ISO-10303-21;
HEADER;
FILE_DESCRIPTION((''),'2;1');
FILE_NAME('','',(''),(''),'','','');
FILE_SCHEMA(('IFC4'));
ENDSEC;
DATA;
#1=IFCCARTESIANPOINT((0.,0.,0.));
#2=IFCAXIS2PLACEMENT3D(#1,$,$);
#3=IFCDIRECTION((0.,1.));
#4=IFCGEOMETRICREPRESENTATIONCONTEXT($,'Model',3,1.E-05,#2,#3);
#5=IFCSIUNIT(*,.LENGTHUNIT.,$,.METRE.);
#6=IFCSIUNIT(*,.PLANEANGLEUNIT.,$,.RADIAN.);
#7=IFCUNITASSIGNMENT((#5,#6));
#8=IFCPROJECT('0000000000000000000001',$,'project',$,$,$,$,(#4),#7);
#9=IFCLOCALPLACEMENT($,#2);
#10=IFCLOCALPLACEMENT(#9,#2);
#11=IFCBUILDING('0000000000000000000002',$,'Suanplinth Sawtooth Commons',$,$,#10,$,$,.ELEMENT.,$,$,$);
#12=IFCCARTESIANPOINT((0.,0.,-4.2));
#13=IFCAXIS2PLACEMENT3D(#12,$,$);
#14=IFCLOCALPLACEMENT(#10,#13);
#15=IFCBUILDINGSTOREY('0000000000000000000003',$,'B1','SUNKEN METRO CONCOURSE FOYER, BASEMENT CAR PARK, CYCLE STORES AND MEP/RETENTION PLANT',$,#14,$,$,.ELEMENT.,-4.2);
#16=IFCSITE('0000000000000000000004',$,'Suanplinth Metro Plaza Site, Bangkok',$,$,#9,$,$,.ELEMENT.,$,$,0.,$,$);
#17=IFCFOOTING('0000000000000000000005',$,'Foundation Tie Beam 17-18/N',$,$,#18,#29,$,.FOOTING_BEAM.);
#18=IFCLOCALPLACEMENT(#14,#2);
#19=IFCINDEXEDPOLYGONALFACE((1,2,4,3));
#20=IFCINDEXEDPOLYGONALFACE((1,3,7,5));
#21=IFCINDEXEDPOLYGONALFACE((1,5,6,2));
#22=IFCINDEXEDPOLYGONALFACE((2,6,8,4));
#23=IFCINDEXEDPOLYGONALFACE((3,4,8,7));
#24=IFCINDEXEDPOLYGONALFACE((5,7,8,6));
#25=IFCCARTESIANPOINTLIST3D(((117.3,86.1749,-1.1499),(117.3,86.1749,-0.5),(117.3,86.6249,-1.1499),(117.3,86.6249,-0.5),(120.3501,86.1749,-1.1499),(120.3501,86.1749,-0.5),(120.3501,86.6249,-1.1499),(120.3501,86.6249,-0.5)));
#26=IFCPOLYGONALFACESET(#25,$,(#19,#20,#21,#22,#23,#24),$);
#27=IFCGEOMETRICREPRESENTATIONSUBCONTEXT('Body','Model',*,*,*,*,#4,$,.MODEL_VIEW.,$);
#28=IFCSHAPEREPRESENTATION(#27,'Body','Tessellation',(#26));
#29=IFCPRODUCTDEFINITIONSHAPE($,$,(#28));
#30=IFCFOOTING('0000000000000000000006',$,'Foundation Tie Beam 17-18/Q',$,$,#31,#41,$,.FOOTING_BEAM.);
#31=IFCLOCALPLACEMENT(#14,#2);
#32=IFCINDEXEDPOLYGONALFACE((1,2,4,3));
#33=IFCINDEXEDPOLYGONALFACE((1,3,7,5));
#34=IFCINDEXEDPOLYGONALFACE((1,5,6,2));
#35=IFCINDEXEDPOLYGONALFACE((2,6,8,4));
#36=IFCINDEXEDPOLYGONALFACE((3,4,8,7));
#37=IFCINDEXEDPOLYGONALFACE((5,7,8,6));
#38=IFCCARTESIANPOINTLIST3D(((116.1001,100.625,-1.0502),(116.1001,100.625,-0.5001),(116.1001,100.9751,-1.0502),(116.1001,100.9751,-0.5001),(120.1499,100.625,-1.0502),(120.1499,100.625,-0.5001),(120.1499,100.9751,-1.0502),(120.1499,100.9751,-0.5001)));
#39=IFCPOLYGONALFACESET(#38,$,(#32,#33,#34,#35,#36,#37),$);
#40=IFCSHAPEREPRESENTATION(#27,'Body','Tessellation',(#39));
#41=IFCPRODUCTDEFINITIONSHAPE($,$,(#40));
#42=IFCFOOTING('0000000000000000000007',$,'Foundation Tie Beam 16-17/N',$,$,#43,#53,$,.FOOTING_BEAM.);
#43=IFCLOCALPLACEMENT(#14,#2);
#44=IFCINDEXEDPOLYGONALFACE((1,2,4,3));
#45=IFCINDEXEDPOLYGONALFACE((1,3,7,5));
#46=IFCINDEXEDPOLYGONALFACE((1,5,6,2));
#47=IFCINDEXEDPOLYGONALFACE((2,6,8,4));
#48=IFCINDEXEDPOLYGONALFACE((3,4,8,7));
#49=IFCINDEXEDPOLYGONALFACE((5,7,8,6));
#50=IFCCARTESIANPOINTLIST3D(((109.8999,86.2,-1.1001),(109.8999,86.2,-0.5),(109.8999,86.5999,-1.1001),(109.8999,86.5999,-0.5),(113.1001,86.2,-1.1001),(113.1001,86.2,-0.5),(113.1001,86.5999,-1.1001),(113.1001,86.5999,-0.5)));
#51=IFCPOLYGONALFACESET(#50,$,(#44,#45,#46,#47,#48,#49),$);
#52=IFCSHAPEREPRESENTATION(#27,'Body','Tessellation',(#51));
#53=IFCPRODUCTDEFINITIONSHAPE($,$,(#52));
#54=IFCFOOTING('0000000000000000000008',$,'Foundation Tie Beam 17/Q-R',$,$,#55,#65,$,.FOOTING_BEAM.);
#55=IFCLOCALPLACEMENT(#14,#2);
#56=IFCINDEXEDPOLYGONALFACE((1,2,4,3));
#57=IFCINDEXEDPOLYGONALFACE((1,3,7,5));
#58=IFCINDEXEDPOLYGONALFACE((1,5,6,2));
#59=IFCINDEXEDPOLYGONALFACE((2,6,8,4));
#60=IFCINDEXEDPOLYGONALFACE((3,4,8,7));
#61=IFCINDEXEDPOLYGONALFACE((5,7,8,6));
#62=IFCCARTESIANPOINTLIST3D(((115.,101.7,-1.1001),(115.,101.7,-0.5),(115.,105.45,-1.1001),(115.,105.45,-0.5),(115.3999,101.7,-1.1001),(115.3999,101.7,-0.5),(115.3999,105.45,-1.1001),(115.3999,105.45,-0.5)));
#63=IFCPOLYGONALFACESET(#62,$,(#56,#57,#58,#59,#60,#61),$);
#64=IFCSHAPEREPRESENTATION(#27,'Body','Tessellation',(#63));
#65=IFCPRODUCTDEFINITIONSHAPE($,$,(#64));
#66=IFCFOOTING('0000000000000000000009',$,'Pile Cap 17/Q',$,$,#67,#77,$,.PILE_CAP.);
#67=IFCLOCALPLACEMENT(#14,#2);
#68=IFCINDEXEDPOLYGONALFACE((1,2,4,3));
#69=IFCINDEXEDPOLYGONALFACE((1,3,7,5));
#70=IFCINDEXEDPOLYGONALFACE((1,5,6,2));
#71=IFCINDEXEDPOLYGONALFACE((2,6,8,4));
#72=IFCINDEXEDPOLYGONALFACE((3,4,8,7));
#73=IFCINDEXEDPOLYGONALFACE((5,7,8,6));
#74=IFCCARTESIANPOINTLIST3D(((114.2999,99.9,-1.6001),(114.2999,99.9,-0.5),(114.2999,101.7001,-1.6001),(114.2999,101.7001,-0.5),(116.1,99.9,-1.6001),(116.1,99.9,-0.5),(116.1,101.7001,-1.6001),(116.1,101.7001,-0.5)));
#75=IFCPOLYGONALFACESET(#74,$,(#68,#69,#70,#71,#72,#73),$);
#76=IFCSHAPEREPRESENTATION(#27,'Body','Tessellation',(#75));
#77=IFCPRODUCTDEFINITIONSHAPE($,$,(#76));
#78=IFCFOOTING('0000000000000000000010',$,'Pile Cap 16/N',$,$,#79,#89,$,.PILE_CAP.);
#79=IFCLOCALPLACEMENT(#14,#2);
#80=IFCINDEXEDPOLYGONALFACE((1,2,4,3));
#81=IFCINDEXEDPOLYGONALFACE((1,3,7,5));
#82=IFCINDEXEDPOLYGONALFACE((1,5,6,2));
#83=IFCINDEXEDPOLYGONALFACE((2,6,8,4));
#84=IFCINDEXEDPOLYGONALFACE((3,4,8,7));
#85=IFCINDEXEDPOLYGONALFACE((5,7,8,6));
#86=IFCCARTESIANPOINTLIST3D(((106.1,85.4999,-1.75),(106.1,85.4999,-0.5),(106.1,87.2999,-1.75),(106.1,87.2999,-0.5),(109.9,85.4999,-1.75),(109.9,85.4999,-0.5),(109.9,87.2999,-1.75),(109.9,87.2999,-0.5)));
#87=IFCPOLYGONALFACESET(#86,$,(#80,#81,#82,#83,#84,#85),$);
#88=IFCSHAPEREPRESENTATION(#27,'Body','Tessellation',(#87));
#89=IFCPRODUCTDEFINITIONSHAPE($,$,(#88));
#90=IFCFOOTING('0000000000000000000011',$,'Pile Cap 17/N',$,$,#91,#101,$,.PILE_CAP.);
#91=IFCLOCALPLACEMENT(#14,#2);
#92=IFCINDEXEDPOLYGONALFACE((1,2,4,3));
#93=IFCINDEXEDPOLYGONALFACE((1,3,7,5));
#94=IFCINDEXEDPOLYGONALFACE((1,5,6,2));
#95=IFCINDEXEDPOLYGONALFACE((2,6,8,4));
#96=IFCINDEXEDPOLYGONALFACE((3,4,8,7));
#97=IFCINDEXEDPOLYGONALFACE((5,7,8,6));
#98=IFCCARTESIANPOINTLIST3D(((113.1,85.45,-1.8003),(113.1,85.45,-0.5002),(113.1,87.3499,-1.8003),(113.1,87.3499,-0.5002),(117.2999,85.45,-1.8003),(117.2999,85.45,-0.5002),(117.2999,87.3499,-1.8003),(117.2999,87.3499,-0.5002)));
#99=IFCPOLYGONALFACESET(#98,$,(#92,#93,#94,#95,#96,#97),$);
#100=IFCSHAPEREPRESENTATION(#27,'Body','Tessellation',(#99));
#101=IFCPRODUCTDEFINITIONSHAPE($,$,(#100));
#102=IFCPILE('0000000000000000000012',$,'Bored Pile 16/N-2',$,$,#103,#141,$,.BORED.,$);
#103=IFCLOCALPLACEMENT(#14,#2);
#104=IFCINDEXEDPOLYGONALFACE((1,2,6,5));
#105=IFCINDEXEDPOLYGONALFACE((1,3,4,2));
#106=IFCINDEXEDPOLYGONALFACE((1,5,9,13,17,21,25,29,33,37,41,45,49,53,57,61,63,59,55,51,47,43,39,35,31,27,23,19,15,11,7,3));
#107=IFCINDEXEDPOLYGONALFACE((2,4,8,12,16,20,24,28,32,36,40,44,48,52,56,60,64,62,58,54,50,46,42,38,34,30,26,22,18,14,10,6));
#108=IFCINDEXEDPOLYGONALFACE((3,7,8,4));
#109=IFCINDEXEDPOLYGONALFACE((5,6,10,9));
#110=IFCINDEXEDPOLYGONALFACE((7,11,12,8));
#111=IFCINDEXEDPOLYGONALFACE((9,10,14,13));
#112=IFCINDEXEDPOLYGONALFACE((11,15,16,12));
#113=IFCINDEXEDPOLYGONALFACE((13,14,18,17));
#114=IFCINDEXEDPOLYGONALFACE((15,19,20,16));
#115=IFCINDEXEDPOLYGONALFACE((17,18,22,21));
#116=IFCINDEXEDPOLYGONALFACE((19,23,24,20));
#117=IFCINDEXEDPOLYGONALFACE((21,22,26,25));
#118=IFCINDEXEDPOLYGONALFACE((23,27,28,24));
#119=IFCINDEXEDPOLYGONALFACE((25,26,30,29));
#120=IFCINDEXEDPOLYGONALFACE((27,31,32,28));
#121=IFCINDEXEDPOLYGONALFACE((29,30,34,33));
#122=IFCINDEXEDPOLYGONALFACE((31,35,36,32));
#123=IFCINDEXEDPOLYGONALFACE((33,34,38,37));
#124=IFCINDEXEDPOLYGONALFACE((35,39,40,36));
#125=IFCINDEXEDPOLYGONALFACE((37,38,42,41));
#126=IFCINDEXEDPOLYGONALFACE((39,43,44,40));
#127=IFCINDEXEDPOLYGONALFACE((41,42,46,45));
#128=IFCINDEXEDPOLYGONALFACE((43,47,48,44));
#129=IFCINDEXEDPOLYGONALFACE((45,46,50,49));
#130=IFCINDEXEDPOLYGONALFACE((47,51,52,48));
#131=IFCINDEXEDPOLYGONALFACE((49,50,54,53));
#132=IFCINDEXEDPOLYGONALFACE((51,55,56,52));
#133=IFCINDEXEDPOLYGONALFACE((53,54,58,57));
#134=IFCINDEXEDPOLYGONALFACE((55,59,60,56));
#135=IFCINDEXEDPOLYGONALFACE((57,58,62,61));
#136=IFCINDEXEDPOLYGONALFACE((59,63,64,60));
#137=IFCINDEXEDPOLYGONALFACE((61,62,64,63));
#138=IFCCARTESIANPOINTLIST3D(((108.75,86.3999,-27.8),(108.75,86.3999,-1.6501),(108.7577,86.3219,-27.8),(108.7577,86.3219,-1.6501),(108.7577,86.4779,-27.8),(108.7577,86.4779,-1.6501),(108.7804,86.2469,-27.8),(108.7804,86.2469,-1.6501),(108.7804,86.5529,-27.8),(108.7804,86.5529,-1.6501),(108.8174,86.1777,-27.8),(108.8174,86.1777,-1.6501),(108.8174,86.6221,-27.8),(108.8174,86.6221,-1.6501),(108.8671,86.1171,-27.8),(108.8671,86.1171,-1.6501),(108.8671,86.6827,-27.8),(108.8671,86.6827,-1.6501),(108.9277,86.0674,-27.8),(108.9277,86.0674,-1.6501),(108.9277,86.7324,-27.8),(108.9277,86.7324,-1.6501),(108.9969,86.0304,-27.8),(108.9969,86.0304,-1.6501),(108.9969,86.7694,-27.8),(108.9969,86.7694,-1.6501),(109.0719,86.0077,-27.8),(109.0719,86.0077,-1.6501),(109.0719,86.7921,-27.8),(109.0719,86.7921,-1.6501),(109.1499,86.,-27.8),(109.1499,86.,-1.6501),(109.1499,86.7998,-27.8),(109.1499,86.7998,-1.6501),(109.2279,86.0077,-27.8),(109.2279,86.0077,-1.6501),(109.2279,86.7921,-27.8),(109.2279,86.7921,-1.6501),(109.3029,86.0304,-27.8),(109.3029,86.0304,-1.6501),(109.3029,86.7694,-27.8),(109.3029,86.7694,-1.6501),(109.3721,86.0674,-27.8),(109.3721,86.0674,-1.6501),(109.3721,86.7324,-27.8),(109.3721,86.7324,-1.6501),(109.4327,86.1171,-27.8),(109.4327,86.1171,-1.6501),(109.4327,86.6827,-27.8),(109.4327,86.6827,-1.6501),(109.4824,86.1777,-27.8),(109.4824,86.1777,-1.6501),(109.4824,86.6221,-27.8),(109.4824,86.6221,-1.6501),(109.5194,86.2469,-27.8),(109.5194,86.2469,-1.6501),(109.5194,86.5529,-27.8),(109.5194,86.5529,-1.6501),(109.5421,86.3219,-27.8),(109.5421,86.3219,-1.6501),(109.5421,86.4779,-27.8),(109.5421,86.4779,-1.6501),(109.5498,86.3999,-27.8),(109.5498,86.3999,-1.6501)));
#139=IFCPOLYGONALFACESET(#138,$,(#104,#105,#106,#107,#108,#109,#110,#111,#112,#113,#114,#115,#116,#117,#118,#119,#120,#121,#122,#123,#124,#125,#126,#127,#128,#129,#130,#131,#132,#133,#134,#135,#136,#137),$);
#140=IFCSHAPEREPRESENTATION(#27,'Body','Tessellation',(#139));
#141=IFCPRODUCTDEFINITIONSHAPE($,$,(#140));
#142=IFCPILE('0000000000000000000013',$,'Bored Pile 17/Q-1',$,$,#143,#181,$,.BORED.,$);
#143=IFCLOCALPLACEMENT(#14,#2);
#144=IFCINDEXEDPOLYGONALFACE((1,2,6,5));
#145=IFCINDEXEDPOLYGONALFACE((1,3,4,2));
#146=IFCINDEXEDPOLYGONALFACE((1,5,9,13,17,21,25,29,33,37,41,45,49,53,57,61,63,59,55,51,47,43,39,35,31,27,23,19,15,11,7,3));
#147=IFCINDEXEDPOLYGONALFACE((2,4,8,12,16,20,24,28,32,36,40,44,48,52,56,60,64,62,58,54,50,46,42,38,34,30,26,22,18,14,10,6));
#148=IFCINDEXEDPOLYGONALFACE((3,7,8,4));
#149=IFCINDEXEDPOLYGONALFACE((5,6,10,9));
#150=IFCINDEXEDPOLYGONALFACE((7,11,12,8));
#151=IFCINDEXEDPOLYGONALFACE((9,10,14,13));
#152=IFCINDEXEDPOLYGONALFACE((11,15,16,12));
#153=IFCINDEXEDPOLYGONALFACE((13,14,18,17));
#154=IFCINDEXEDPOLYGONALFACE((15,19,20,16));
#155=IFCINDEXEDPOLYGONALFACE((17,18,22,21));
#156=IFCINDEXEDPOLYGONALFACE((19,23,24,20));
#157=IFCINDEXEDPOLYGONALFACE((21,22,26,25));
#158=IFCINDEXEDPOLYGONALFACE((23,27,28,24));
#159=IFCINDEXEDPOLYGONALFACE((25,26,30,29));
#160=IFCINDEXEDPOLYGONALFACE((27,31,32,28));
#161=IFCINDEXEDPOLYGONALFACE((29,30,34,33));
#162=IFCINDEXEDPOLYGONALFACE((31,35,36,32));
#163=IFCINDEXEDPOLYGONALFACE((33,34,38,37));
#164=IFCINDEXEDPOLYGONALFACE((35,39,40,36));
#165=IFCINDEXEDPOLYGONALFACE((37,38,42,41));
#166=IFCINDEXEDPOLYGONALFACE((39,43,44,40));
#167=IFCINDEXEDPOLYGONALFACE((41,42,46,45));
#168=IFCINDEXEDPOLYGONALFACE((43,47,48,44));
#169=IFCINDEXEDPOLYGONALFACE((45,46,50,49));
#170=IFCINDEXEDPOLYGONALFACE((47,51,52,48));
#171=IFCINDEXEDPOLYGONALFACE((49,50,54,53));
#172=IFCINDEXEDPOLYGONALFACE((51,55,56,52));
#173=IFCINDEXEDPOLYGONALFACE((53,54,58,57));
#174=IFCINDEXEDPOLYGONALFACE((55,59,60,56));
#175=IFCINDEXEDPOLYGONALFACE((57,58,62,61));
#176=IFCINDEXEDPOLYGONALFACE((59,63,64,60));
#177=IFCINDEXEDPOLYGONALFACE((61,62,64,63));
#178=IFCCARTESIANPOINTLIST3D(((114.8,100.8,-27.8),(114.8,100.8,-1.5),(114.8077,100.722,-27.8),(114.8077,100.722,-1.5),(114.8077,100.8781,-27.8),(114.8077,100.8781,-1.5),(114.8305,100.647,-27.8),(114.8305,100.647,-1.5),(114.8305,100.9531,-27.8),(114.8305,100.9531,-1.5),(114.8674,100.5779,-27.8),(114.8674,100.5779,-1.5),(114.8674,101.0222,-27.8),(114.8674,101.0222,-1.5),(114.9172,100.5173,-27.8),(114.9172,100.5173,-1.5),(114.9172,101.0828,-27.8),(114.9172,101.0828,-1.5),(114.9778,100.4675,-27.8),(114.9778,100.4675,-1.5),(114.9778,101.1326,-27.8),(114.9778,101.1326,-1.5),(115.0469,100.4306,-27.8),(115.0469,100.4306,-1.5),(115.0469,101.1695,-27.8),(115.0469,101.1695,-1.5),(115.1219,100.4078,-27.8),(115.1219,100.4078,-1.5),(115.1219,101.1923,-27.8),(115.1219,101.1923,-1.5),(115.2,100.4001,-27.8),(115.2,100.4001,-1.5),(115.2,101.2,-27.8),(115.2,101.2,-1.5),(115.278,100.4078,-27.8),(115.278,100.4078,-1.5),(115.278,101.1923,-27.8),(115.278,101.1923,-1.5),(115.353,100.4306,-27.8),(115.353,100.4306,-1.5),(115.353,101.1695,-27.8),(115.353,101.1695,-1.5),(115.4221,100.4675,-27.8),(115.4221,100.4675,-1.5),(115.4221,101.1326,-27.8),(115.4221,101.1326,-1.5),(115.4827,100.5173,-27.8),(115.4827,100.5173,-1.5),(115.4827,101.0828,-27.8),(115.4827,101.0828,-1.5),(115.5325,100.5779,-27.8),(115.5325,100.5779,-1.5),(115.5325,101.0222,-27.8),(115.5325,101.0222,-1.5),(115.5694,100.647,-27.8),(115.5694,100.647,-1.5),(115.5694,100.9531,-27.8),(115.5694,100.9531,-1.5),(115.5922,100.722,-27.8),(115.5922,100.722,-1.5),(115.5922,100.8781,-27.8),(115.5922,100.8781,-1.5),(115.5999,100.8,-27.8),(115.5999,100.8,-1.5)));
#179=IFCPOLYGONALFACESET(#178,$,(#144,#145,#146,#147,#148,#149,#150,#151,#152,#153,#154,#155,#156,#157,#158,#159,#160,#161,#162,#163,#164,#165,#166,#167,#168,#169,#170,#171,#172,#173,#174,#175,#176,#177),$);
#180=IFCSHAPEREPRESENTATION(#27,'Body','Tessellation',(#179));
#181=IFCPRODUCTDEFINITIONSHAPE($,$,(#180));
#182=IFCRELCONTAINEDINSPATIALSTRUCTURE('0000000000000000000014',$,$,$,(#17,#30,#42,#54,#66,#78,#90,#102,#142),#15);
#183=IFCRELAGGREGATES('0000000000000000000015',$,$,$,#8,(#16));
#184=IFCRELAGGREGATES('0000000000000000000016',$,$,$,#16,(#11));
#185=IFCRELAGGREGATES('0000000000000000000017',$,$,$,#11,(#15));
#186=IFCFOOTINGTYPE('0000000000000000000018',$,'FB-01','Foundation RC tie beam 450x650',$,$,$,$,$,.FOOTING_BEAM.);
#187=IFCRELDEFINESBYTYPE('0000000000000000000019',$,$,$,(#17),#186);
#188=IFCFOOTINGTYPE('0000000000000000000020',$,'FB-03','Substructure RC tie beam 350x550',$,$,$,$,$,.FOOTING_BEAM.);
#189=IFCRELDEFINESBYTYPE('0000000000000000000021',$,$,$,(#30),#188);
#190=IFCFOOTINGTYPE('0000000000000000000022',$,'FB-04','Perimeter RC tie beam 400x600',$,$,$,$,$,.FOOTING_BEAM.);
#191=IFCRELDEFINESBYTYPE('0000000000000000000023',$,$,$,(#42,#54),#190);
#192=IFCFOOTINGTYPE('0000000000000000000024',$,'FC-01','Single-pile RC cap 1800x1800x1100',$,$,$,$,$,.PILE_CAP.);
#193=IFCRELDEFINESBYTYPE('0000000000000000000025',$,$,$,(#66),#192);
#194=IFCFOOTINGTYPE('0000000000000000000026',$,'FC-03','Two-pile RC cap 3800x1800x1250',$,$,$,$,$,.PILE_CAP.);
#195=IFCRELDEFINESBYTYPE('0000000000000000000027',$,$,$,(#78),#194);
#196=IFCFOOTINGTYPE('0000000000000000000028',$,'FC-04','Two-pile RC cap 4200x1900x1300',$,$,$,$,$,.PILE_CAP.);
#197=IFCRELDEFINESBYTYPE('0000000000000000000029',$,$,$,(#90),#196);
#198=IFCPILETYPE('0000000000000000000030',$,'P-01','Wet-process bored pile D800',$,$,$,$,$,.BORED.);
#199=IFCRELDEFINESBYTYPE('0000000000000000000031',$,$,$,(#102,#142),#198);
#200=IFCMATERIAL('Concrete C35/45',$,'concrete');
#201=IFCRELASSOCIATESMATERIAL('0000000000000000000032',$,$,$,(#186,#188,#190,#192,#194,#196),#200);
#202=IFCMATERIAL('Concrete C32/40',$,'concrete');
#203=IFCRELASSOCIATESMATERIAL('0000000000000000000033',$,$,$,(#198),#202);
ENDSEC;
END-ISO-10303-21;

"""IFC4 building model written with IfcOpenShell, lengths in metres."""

from ifc_helpers import new_model, si_unit, direction, frame, origin, origin_2d, place, context, subcontext, project, spatial, rectangle, circle, extrude, material, material_profile, profile_set, type_object, element, save


model = new_model("IFC4")

# Units and contexts
model_context = context("Model", 3, precision=1e-05, world=origin(), true_north=direction((0.0, 1.0)))
body_context = subcontext(model_context, "Body", "Model", "MODEL_VIEW")
ifc_project = project(units=[si_unit("LENGTHUNIT", "METRE"), si_unit("PLANEANGLEUNIT", "RADIAN")], contexts=[model_context])

# Site, building, storey
site_placement = place(None, origin())
site = spatial("IfcSite", under=ifc_project, at=site_placement, Name="Suanplinth Metro Plaza Site, Bangkok", CompositionType="ELEMENT", RefElevation=0.0)
building_placement = place(site_placement, origin())
building = spatial("IfcBuilding", under=site, at=building_placement, Name="Suanplinth Sawtooth Commons", CompositionType="ELEMENT")
storey_placement = place(building_placement, frame((0.0, 0.0, -4.2)))
storey = spatial("IfcBuildingStorey", under=building, at=storey_placement, Name="B1", Description="SUNKEN METRO CONCOURSE FOYER, BASEMENT CAR PARK, CYCLE STORES AND MEP/RETENTION PLANT", CompositionType="ELEMENT", Elevation=-4.2)

# Footings
ifc_material_1 = material(Name="Concrete C35/45", Category="concrete")
ifc_material_profile_1 = material_profile(ifc_material_1, rectangle(XDim=0.45, YDim=0.6499, at=origin_2d()), Name="PC-GDR 450x650")
ifc_profile_set_1 = profile_set([ifc_material_profile_1], Name="Concrete C35/45")
footing_type_1 = type_object("IfcFootingType", Name="FB-01", Description="Foundation RC tie beam 450x650", PredefinedType="FOOTING_BEAM", material=ifc_profile_set_1)
footing_1_placement = place(storey_placement, frame((117.3, 86.3999, -0.825), z_axis=(1.0, 0.0, 0.0), x_axis=(0.0, 1.0, 0.0)))
element("IfcFooting", 1, at=footing_1_placement, inside=storey, type_object=footing_type_1, Name="Foundation Tie Beam 17-18/N", PredefinedType="FOOTING_BEAM", context=body_context, shape_type="SweptSolid", body=[
    extrude(rectangle(XDim=0.45, YDim=0.6499, at=origin_2d()), origin(), (0.0, 0.0, 1.0), 3.05),
])
ifc_material_profile_2 = material_profile(ifc_material_1, rectangle(XDim=0.3501, YDim=0.55, at=origin_2d()), Name="PC-BM 350x550")
ifc_profile_set_2 = profile_set([ifc_material_profile_2], Name="Concrete C35/45")
footing_type_2 = type_object("IfcFootingType", Name="FB-03", Description="Substructure RC tie beam 350x550", PredefinedType="FOOTING_BEAM", material=ifc_profile_set_2)
footing_2_placement = place(storey_placement, frame((116.1001, 100.8, -0.7751), z_axis=(1.0, 0.0, 0.0), x_axis=(0.0, 1.0, 0.0)))
element("IfcFooting", 2, at=footing_2_placement, inside=storey, type_object=footing_type_2, Name="Foundation Tie Beam 17-18/Q", PredefinedType="FOOTING_BEAM", context=body_context, shape_type="SweptSolid", body=[
    extrude(rectangle(XDim=0.3501, YDim=0.55, at=origin_2d()), origin(), (0.0, 0.0, 1.0), 4.0498),
])
ifc_material_profile_3 = material_profile(ifc_material_1, rectangle(XDim=0.3999, YDim=0.6001, at=origin_2d()), Name="PC-GDR 400x600")
ifc_profile_set_3 = profile_set([ifc_material_profile_3], Name="Concrete C35/45")
footing_type_3 = type_object("IfcFootingType", Name="FB-04", Description="Perimeter RC tie beam 400x600", PredefinedType="FOOTING_BEAM", material=ifc_profile_set_3)
footing_3_placement = place(storey_placement, frame((109.8999, 86.3999, -0.8), z_axis=(1.0, 0.0, 0.0), x_axis=(0.0, 1.0, 0.0)))
element("IfcFooting", 3, at=footing_3_placement, inside=storey, type_object=footing_type_3, Name="Foundation Tie Beam 16-17/N", PredefinedType="FOOTING_BEAM", context=body_context, shape_type="SweptSolid", body=[
    extrude(rectangle(XDim=0.3999, YDim=0.6001, at=origin_2d()), origin(), (0.0, 0.0, 1.0), 3.2002),
])
footing_4_placement = place(storey_placement, frame((115.2, 101.7, -0.8), z_axis=(0.0, 1.0, 0.0), x_axis=(-1.0, 0.0, 0.0)))
element("IfcFooting", 4, at=footing_4_placement, inside=storey, type_object=footing_type_3, Name="Foundation Tie Beam 17/Q-R", PredefinedType="FOOTING_BEAM", context=body_context, shape_type="SweptSolid", body=[
    extrude(rectangle(XDim=0.3999, YDim=0.6001, at=origin_2d()), origin(), (0.0, 0.0, 1.0), 3.75),
])
footing_type_4 = type_object("IfcFootingType", Name="FC-01", Description="Single-pile RC cap 1800x1800x1100", PredefinedType="PILE_CAP", material=ifc_material_1)
footing_5_placement = place(storey_placement, frame((115.2, 100.8, -1.6001), z_axis=(0.0, 0.0, 1.0), x_axis=(1.0, 0.0, 0.0)))
element("IfcFooting", 5, at=footing_5_placement, inside=storey, type_object=footing_type_4, Name="Pile Cap 17/Q", PredefinedType="PILE_CAP", context=body_context, shape_type="SweptSolid", body=[
    extrude(rectangle(XDim=1.8, YDim=1.8, at=origin_2d()), origin(), (0.0, 0.0, 1.0), 1.1001),
])
footing_type_5 = type_object("IfcFootingType", Name="FC-03", Description="Two-pile RC cap 3800x1800x1250", PredefinedType="PILE_CAP", material=ifc_material_1)
footing_6_placement = place(storey_placement, frame((108.0, 86.3999, -1.75), z_axis=(0.0, 0.0, 1.0), x_axis=(1.0, 0.0, 0.0)))
element("IfcFooting", 6, at=footing_6_placement, inside=storey, type_object=footing_type_5, Name="Pile Cap 16/N", PredefinedType="PILE_CAP", context=body_context, shape_type="SweptSolid", body=[
    extrude(rectangle(XDim=3.8, YDim=1.8, at=origin_2d()), origin(), (0.0, 0.0, 1.0), 1.25),
])
footing_type_6 = type_object("IfcFootingType", Name="FC-04", Description="Two-pile RC cap 4200x1900x1300", PredefinedType="PILE_CAP", material=ifc_material_1)
footing_7_placement = place(storey_placement, frame((115.2, 86.3999, -1.8003), z_axis=(0.0, 0.0, 1.0), x_axis=(1.0, 0.0, 0.0)))
element("IfcFooting", 7, at=footing_7_placement, inside=storey, type_object=footing_type_6, Name="Pile Cap 17/N", PredefinedType="PILE_CAP", context=body_context, shape_type="SweptSolid", body=[
    extrude(rectangle(XDim=4.2, YDim=1.8999, at=origin_2d()), origin(), (0.0, 0.0, 1.0), 1.3),
])

# Piles
ifc_material_2 = material(Name="Concrete C32/40", Category="concrete")
ifc_material_profile_4 = material_profile(ifc_material_2, circle(Radius=0.3999, at=origin_2d()), Name="PILE D800")
ifc_profile_set_4 = profile_set([ifc_material_profile_4], Name="Concrete C32/40")
pile_type_1 = type_object("IfcPileType", Name="P-01", Description="Wet-process bored pile D800", PredefinedType="BORED", material=ifc_profile_set_4)
pile_1_placement = place(storey_placement, frame((109.1499, 86.3999, -1.6501), z_axis=(0.0, 0.0, -1.0), x_axis=(1.0, 0.0, 0.0)))
element("IfcPile", 8, at=pile_1_placement, inside=storey, type_object=pile_type_1, Name="Bored Pile 16/N-2", PredefinedType="BORED", context=body_context, shape_type="SweptSolid", body=[
    extrude(circle(Radius=0.3999, at=origin_2d()), origin(), (0.0, 0.0, 1.0), 26.1499),
])
pile_2_placement = place(storey_placement, frame((115.2, 100.8, -1.5), z_axis=(0.0, 0.0, -1.0), x_axis=(1.0, 0.0, 0.0)))
element("IfcPile", 9, at=pile_2_placement, inside=storey, type_object=pile_type_1, Name="Bored Pile 17/Q-1", PredefinedType="BORED", context=body_context, shape_type="SweptSolid", body=[
    extrude(circle(Radius=0.3999, at=origin_2d()), origin(), (0.0, 0.0, 1.0), 26.3),
])

save(model, "model.ifc")
